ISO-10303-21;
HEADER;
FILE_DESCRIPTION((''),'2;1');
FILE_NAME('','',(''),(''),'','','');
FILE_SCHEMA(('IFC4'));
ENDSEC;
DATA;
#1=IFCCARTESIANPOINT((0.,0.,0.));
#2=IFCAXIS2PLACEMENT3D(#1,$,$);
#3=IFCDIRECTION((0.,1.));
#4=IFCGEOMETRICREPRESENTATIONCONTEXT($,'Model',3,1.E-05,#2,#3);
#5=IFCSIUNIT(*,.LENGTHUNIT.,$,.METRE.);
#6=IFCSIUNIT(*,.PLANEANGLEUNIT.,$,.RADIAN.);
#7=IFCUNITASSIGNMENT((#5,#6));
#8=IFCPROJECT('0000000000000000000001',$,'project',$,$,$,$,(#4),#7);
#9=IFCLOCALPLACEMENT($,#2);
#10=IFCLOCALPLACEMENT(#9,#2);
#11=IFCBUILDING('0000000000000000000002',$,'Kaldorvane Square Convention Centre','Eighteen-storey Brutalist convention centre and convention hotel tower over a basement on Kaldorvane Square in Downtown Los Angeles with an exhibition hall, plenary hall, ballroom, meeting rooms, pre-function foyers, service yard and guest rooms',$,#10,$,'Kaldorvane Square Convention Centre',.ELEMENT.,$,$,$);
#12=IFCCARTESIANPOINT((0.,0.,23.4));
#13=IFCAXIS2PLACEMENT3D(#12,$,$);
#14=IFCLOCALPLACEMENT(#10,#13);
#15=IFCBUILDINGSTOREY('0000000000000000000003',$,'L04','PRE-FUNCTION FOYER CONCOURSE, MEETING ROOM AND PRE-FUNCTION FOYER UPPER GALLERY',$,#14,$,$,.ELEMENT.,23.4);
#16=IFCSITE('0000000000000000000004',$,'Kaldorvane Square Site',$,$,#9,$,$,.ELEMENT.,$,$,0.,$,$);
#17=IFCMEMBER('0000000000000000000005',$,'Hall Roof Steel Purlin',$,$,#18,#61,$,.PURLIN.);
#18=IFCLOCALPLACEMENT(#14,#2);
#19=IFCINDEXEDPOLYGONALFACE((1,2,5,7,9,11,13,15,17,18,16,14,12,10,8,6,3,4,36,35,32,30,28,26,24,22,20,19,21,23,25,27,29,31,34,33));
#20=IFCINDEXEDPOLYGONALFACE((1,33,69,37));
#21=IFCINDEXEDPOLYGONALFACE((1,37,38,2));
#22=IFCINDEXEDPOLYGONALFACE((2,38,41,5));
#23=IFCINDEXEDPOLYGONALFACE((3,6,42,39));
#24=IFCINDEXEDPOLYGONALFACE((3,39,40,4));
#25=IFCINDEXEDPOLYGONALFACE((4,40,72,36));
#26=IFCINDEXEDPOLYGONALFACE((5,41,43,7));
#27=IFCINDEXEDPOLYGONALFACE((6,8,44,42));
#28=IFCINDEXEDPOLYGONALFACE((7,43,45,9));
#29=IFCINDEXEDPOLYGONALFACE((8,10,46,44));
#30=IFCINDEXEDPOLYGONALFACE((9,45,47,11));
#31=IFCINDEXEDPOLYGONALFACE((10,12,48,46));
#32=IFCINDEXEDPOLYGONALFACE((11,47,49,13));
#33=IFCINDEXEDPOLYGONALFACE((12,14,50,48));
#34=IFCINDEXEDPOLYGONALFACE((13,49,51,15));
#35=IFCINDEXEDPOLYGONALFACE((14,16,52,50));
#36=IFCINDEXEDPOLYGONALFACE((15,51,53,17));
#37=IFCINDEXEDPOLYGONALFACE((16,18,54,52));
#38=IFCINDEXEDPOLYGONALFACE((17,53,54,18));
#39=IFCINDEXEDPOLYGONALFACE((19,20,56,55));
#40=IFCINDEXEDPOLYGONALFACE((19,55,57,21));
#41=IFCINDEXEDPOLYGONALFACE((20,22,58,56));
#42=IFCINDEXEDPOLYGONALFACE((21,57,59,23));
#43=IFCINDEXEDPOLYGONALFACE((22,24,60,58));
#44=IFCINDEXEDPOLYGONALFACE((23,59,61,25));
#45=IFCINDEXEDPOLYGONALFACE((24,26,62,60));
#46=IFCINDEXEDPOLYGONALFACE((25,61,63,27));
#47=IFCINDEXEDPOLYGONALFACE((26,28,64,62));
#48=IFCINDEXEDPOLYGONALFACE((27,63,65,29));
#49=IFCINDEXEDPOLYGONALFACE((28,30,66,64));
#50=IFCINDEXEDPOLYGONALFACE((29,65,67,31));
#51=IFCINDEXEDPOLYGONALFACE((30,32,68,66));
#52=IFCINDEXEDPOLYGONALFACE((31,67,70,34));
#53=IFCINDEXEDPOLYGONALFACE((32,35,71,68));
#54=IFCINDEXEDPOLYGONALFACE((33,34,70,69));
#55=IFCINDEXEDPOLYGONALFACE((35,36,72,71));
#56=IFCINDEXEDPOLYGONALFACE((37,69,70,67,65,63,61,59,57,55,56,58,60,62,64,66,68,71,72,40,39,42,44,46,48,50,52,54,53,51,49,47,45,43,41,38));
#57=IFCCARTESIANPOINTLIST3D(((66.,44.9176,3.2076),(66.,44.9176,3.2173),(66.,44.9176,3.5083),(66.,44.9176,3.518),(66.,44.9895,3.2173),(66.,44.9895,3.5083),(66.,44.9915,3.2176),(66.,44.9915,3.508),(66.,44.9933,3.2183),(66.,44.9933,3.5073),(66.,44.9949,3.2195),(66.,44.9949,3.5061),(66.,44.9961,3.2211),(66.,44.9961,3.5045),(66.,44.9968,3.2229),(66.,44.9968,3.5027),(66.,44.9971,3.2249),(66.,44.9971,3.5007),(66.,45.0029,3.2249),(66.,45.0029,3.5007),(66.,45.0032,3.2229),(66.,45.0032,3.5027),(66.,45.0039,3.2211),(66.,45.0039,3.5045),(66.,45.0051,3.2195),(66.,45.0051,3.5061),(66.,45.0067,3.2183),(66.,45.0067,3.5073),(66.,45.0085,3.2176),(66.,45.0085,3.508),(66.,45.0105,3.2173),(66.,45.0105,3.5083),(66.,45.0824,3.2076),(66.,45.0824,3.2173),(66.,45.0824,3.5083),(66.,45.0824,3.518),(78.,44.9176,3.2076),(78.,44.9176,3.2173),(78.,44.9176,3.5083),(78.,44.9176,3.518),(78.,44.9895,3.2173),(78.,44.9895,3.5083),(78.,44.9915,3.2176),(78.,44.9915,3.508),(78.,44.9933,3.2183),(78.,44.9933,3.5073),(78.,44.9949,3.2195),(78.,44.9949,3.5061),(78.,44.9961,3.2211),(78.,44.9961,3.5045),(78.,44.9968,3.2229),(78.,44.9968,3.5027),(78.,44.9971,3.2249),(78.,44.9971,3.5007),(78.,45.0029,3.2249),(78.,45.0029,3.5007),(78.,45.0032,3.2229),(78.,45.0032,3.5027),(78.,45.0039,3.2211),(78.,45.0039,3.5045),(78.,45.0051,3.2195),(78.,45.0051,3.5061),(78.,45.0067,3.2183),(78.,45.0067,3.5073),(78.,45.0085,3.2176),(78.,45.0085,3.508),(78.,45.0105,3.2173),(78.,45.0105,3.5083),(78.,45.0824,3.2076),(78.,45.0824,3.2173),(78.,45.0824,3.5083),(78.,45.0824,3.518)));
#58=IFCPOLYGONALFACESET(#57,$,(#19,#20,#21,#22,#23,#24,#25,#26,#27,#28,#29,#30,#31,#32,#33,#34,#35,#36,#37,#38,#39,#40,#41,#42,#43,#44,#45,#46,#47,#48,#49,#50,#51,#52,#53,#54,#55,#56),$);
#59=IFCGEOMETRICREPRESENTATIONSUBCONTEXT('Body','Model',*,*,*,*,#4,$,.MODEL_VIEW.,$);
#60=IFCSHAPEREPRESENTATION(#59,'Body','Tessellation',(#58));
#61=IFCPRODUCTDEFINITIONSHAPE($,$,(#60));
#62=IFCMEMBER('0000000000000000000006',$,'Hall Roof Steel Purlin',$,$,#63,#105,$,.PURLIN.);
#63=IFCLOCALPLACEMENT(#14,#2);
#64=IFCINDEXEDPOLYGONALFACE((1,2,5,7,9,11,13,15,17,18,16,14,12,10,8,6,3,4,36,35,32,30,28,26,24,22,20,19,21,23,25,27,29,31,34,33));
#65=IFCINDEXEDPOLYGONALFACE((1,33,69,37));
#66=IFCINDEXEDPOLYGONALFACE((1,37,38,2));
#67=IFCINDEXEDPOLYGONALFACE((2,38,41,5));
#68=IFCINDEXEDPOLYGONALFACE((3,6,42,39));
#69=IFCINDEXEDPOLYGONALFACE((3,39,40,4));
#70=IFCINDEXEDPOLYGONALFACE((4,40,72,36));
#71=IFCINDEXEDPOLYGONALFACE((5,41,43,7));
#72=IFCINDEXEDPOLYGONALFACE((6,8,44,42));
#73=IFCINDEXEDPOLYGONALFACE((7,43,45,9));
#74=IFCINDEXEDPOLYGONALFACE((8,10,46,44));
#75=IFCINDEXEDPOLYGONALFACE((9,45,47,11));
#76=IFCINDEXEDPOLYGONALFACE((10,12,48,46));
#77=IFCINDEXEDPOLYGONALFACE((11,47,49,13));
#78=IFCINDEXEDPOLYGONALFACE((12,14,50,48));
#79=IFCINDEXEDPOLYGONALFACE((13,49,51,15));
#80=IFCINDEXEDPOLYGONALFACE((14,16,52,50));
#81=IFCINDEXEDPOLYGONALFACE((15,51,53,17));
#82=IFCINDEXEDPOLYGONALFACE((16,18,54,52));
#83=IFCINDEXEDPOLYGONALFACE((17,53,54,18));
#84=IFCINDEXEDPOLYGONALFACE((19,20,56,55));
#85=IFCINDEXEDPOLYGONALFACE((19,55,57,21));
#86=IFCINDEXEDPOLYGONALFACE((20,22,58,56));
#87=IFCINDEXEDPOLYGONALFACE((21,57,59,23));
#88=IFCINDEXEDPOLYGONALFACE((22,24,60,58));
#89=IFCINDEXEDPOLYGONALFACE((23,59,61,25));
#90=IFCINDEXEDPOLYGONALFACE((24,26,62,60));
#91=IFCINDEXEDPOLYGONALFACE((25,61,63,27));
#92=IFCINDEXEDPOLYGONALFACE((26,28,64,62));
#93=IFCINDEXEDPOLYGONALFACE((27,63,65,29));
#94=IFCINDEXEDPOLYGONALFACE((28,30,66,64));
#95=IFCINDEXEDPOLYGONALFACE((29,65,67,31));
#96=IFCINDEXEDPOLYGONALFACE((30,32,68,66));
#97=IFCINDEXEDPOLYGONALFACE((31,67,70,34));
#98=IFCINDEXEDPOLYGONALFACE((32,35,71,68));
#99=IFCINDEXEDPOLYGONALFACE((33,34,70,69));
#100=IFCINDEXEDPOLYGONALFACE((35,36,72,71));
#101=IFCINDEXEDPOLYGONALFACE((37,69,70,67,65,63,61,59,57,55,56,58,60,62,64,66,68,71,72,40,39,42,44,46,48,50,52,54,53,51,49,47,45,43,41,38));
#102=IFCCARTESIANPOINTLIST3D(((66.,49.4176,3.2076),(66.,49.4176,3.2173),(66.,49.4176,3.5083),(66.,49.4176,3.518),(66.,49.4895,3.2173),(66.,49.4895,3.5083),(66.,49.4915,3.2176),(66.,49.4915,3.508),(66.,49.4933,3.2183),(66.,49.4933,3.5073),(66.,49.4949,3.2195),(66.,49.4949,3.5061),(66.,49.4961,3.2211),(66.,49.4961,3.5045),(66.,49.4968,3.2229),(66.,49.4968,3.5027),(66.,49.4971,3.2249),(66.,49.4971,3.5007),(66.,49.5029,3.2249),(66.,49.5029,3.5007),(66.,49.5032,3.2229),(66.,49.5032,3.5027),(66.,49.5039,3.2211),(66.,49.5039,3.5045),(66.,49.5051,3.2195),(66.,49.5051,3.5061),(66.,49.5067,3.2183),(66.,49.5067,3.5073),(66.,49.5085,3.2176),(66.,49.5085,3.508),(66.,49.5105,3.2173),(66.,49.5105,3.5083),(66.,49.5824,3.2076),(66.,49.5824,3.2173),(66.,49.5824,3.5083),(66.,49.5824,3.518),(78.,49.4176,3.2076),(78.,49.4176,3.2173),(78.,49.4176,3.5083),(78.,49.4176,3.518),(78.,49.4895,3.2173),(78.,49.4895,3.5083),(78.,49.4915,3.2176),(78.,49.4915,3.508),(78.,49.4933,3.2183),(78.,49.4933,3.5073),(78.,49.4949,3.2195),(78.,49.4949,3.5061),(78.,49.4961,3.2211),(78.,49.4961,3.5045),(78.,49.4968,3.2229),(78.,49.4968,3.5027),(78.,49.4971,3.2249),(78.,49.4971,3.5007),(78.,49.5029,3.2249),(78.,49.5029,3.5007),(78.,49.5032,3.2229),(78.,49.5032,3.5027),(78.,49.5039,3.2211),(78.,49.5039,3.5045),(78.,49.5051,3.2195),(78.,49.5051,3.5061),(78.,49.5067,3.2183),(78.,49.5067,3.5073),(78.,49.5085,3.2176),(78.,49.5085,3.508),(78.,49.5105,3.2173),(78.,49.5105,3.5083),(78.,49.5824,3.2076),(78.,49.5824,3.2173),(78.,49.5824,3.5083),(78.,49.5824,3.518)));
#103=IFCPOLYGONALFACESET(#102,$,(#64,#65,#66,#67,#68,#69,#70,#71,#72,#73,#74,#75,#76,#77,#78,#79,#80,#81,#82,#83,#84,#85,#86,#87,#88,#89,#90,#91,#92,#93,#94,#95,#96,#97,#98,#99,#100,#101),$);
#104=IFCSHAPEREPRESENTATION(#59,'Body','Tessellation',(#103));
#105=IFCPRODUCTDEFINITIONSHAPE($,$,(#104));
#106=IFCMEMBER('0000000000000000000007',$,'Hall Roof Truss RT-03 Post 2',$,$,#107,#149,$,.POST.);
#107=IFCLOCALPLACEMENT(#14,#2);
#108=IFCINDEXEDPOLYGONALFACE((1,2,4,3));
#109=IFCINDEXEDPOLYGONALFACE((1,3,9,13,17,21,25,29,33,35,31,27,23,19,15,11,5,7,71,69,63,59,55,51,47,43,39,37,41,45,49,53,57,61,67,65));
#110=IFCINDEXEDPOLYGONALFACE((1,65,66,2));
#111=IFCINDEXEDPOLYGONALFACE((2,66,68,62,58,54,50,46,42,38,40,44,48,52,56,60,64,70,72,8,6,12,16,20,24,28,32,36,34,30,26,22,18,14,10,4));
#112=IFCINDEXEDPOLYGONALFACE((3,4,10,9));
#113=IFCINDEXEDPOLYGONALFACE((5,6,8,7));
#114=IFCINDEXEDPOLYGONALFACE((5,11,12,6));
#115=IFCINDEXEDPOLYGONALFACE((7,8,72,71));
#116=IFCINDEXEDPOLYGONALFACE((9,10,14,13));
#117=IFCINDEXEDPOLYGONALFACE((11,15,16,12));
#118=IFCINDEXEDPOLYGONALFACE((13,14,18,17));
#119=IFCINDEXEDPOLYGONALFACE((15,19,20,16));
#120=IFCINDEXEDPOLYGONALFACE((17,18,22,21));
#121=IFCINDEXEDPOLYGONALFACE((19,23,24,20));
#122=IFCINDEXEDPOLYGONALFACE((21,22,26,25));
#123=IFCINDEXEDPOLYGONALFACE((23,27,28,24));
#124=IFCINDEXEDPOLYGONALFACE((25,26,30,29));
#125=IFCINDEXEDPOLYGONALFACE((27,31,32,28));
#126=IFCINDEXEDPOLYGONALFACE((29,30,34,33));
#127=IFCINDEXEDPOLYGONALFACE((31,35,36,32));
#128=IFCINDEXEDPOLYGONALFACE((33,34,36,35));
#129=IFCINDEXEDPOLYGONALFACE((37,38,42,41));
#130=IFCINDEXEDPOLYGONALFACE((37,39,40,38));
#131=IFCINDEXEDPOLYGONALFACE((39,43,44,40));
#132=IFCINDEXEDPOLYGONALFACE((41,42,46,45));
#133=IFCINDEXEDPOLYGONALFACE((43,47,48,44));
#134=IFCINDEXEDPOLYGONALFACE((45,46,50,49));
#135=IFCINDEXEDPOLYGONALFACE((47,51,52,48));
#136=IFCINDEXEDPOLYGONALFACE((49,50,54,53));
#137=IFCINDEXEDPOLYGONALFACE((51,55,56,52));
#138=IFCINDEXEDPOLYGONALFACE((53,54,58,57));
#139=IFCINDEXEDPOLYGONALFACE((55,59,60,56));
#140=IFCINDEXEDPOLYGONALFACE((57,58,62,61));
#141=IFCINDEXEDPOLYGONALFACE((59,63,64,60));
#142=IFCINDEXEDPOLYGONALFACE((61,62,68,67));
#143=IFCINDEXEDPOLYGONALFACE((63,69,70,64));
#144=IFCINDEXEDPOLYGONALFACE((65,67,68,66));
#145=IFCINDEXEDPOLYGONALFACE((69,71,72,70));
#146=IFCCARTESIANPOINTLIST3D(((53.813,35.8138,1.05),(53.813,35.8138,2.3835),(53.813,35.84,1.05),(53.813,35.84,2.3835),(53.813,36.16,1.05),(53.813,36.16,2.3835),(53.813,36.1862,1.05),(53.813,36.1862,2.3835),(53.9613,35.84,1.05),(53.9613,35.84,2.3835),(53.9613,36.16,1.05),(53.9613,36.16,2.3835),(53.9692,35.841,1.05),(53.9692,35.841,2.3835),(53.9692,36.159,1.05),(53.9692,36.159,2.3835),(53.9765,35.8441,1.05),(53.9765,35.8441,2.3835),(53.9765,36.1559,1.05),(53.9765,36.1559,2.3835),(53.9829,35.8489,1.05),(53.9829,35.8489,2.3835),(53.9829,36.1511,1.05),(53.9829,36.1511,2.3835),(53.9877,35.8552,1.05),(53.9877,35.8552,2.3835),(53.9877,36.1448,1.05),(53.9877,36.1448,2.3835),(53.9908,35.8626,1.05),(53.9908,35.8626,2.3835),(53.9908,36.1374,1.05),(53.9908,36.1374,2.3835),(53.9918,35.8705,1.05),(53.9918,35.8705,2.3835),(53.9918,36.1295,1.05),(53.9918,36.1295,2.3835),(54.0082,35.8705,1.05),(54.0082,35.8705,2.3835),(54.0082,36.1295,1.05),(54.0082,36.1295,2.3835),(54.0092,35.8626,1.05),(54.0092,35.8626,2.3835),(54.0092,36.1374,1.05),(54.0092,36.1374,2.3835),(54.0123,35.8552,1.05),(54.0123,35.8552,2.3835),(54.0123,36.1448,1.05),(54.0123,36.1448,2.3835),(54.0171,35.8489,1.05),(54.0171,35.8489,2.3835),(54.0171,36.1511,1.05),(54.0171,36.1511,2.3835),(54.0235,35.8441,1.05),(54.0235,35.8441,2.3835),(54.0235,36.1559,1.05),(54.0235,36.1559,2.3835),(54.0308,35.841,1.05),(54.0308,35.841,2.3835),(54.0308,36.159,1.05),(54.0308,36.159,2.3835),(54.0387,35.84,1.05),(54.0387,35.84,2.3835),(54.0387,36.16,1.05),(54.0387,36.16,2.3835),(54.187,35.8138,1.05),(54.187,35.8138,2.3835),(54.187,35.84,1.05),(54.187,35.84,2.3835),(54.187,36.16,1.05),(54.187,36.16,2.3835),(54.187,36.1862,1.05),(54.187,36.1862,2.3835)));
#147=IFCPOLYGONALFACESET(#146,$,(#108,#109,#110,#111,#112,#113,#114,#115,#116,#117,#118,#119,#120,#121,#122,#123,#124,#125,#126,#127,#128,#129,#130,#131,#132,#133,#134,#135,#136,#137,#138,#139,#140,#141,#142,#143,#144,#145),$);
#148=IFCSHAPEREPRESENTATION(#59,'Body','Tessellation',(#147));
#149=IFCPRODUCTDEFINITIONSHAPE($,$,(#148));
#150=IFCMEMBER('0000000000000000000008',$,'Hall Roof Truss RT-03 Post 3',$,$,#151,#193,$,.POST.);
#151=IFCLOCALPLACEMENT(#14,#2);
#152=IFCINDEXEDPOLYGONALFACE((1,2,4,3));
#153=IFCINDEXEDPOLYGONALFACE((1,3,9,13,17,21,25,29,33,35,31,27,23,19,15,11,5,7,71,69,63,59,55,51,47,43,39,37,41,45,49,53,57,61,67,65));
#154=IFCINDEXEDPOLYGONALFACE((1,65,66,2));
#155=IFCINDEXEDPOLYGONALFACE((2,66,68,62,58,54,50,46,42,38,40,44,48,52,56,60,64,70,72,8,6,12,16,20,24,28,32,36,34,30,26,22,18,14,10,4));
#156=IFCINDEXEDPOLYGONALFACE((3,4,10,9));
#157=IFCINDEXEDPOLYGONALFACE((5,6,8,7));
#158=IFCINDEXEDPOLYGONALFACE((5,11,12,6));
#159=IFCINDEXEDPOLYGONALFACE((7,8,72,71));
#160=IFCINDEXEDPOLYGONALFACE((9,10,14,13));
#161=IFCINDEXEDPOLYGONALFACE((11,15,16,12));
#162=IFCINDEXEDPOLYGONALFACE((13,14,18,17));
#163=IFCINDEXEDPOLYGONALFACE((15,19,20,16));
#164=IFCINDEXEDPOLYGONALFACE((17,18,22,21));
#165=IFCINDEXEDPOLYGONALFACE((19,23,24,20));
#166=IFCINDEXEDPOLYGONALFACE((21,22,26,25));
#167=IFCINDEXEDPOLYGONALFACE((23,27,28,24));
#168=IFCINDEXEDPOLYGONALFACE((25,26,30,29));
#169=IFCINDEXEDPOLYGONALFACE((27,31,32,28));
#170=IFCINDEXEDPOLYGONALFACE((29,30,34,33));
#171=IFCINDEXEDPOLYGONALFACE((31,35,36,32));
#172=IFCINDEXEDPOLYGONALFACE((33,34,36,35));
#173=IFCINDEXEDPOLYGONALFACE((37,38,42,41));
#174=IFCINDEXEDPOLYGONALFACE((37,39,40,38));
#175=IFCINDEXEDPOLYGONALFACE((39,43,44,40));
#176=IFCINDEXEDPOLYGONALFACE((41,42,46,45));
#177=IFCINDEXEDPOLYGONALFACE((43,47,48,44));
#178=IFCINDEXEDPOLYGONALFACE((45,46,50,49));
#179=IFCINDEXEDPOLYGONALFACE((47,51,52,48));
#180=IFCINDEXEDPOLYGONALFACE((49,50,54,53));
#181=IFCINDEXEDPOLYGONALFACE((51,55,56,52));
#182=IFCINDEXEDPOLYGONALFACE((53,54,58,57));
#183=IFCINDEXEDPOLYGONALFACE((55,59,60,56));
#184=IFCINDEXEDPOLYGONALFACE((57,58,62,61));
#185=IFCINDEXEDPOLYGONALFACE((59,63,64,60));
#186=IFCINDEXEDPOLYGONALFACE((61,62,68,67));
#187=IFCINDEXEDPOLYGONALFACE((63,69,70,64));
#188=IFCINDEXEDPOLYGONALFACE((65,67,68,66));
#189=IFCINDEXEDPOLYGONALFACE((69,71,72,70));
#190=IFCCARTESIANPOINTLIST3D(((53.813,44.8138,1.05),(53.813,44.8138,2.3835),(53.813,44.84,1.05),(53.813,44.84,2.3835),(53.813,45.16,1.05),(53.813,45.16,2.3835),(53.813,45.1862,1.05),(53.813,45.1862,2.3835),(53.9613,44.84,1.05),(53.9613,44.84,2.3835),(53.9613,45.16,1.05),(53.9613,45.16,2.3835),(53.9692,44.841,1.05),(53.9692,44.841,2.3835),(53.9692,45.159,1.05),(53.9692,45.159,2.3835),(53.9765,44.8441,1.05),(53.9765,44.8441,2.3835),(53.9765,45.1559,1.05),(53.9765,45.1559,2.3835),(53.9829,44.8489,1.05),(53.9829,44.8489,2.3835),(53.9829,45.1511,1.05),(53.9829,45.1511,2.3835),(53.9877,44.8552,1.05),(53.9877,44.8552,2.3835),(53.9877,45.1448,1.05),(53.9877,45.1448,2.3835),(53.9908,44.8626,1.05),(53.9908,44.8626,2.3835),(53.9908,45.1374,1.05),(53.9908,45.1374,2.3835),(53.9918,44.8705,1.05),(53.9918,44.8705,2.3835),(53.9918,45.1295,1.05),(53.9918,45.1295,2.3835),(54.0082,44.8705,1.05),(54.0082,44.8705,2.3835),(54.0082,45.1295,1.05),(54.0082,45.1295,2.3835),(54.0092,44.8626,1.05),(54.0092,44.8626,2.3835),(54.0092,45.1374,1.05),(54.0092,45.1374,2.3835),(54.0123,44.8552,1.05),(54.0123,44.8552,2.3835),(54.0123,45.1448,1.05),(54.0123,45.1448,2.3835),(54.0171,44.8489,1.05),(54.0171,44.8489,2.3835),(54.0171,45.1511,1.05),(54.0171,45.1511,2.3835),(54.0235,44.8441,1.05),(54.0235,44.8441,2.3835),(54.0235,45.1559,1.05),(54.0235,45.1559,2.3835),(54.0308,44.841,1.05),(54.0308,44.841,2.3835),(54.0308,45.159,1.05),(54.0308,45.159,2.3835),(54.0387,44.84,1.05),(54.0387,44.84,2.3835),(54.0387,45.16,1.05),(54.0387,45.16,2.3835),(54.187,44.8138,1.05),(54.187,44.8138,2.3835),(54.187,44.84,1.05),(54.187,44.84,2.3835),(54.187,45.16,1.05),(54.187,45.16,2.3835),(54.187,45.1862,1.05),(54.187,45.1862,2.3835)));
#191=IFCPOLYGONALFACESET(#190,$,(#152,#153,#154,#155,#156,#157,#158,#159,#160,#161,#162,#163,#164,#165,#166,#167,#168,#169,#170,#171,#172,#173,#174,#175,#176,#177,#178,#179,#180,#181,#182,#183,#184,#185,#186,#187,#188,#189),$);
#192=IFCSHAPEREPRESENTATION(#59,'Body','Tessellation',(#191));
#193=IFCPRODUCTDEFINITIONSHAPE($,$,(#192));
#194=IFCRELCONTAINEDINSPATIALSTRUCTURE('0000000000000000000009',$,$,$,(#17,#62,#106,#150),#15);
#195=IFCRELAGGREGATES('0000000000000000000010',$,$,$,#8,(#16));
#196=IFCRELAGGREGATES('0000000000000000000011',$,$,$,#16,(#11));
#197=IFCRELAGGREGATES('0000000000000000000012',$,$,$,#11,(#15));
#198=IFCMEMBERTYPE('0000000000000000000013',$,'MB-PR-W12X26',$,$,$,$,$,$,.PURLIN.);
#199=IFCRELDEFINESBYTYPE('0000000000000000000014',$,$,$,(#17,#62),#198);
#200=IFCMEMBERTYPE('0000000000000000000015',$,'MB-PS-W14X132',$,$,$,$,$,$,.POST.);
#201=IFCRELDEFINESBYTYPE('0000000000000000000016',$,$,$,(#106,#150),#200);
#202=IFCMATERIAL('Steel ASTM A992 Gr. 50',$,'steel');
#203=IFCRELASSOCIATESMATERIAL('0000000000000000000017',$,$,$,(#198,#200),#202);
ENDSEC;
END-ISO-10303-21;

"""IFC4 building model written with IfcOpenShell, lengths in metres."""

from ifc_helpers import new_model, si_unit, direction, frame, origin, origin_2d, place, context, subcontext, project, spatial, i_section, extrude, material, material_profile, profile_set, type_object, element, save


model = new_model("IFC4")

# Units and contexts
model_context = context("Model", 3, precision=1e-05, world=origin(), true_north=direction((0.0, 1.0)))
body_context = subcontext(model_context, "Body", "Model", "MODEL_VIEW")
ifc_project = project(units=[si_unit("LENGTHUNIT", "METRE"), si_unit("PLANEANGLEUNIT", "RADIAN")], contexts=[model_context])

# Site, building, storey
site_placement = place(None, origin())
site = spatial("IfcSite", under=ifc_project, at=site_placement, Name="Kaldorvane Square Site", CompositionType="ELEMENT", RefElevation=0.0)
building_placement = place(site_placement, origin())
building = spatial("IfcBuilding", under=site, at=building_placement, Name="Kaldorvane Square Convention Centre", Description="Eighteen-storey Brutalist convention centre and convention hotel tower over a basement on Kaldorvane Square in Downtown Los Angeles with an exhibition hall, plenary hall, ballroom, meeting rooms, pre-function foyers, service yard and guest rooms", LongName="Kaldorvane Square Convention Centre", CompositionType="ELEMENT")
storey_placement = place(building_placement, frame((0.0, 0.0, 23.4)))
storey = spatial("IfcBuildingStorey", under=building, at=storey_placement, Name="L04", Description="PRE-FUNCTION FOYER CONCOURSE, MEETING ROOM AND PRE-FUNCTION FOYER UPPER GALLERY", CompositionType="ELEMENT", Elevation=23.4)

# Members
ifc_material_1 = material(Name="Steel ASTM A992 Gr. 50", Category="steel")
ifc_material_profile_1 = material_profile(ifc_material_1, i_section(OverallWidth=0.1648, OverallDepth=0.3104, WebThickness=0.0058, FlangeThickness=0.0097, FilletRadius=0.0076, at=origin_2d()), Name="W12X26")
ifc_profile_set_1 = profile_set([ifc_material_profile_1], Name="Steel ASTM A992 Gr. 50")
member_type_1 = type_object("IfcMemberType", Name="MB-PR-W12X26", PredefinedType="PURLIN", material=ifc_profile_set_1)
for number, where, z_axis, x_axis, name in (
    (1, (66.0, 45.0, 3.3628), (1.0, 0.0, 0.0), (0.0, 1.0, 0.0), "Hall Roof Steel Purlin"),
    (2, (66.0, 49.5, 3.3628), (1.0, 0.0, 0.0), (0.0, 1.0, 0.0), "Hall Roof Steel Purlin"),
):
    element("IfcMember", number, at=place(storey_placement, frame(where, z_axis=z_axis, x_axis=x_axis)), inside=storey, type_object=member_type_1, Name=name, PredefinedType="PURLIN", context=body_context, shape_type="SweptSolid", body=[
        extrude(i_section(OverallWidth=0.1648, OverallDepth=0.3104, WebThickness=0.0058, FlangeThickness=0.0097, FilletRadius=0.0076, at=origin_2d()), origin(), (0.0, 0.0, 1.0), 12.0),
    ])
ifc_material_profile_2 = material_profile(ifc_material_1, i_section(OverallWidth=0.374, OverallDepth=0.3724, WebThickness=0.0164, FlangeThickness=0.0262, FilletRadius=0.0305, at=origin_2d()), Name="W14X132")
ifc_profile_set_2 = profile_set([ifc_material_profile_2], Name="Steel ASTM A992 Gr. 50")
member_type_2 = type_object("IfcMemberType", Name="MB-PS-W14X132", PredefinedType="POST", material=ifc_profile_set_2)
for number, where, z_axis, x_axis, name in (
    (3, (54.0, 36.0, 1.05), (0.0, 0.0, 1.0), (1.0, 0.0, 0.0), "Hall Roof Truss RT-03 Post 2"),
    (4, (54.0, 45.0, 1.05), (0.0, 0.0, 1.0), (1.0, 0.0, 0.0), "Hall Roof Truss RT-03 Post 3"),
):
    element("IfcMember", number, at=place(storey_placement, frame(where, z_axis=z_axis, x_axis=x_axis)), inside=storey, type_object=member_type_2, Name=name, PredefinedType="POST", context=body_context, shape_type="SweptSolid", body=[
        extrude(i_section(OverallWidth=0.374, OverallDepth=0.3724, WebThickness=0.0164, FlangeThickness=0.0262, FilletRadius=0.0305, at=origin_2d()), origin(), (0.0, 0.0, 1.0), 1.3335),
    ])

save(model, "model.ifc")
